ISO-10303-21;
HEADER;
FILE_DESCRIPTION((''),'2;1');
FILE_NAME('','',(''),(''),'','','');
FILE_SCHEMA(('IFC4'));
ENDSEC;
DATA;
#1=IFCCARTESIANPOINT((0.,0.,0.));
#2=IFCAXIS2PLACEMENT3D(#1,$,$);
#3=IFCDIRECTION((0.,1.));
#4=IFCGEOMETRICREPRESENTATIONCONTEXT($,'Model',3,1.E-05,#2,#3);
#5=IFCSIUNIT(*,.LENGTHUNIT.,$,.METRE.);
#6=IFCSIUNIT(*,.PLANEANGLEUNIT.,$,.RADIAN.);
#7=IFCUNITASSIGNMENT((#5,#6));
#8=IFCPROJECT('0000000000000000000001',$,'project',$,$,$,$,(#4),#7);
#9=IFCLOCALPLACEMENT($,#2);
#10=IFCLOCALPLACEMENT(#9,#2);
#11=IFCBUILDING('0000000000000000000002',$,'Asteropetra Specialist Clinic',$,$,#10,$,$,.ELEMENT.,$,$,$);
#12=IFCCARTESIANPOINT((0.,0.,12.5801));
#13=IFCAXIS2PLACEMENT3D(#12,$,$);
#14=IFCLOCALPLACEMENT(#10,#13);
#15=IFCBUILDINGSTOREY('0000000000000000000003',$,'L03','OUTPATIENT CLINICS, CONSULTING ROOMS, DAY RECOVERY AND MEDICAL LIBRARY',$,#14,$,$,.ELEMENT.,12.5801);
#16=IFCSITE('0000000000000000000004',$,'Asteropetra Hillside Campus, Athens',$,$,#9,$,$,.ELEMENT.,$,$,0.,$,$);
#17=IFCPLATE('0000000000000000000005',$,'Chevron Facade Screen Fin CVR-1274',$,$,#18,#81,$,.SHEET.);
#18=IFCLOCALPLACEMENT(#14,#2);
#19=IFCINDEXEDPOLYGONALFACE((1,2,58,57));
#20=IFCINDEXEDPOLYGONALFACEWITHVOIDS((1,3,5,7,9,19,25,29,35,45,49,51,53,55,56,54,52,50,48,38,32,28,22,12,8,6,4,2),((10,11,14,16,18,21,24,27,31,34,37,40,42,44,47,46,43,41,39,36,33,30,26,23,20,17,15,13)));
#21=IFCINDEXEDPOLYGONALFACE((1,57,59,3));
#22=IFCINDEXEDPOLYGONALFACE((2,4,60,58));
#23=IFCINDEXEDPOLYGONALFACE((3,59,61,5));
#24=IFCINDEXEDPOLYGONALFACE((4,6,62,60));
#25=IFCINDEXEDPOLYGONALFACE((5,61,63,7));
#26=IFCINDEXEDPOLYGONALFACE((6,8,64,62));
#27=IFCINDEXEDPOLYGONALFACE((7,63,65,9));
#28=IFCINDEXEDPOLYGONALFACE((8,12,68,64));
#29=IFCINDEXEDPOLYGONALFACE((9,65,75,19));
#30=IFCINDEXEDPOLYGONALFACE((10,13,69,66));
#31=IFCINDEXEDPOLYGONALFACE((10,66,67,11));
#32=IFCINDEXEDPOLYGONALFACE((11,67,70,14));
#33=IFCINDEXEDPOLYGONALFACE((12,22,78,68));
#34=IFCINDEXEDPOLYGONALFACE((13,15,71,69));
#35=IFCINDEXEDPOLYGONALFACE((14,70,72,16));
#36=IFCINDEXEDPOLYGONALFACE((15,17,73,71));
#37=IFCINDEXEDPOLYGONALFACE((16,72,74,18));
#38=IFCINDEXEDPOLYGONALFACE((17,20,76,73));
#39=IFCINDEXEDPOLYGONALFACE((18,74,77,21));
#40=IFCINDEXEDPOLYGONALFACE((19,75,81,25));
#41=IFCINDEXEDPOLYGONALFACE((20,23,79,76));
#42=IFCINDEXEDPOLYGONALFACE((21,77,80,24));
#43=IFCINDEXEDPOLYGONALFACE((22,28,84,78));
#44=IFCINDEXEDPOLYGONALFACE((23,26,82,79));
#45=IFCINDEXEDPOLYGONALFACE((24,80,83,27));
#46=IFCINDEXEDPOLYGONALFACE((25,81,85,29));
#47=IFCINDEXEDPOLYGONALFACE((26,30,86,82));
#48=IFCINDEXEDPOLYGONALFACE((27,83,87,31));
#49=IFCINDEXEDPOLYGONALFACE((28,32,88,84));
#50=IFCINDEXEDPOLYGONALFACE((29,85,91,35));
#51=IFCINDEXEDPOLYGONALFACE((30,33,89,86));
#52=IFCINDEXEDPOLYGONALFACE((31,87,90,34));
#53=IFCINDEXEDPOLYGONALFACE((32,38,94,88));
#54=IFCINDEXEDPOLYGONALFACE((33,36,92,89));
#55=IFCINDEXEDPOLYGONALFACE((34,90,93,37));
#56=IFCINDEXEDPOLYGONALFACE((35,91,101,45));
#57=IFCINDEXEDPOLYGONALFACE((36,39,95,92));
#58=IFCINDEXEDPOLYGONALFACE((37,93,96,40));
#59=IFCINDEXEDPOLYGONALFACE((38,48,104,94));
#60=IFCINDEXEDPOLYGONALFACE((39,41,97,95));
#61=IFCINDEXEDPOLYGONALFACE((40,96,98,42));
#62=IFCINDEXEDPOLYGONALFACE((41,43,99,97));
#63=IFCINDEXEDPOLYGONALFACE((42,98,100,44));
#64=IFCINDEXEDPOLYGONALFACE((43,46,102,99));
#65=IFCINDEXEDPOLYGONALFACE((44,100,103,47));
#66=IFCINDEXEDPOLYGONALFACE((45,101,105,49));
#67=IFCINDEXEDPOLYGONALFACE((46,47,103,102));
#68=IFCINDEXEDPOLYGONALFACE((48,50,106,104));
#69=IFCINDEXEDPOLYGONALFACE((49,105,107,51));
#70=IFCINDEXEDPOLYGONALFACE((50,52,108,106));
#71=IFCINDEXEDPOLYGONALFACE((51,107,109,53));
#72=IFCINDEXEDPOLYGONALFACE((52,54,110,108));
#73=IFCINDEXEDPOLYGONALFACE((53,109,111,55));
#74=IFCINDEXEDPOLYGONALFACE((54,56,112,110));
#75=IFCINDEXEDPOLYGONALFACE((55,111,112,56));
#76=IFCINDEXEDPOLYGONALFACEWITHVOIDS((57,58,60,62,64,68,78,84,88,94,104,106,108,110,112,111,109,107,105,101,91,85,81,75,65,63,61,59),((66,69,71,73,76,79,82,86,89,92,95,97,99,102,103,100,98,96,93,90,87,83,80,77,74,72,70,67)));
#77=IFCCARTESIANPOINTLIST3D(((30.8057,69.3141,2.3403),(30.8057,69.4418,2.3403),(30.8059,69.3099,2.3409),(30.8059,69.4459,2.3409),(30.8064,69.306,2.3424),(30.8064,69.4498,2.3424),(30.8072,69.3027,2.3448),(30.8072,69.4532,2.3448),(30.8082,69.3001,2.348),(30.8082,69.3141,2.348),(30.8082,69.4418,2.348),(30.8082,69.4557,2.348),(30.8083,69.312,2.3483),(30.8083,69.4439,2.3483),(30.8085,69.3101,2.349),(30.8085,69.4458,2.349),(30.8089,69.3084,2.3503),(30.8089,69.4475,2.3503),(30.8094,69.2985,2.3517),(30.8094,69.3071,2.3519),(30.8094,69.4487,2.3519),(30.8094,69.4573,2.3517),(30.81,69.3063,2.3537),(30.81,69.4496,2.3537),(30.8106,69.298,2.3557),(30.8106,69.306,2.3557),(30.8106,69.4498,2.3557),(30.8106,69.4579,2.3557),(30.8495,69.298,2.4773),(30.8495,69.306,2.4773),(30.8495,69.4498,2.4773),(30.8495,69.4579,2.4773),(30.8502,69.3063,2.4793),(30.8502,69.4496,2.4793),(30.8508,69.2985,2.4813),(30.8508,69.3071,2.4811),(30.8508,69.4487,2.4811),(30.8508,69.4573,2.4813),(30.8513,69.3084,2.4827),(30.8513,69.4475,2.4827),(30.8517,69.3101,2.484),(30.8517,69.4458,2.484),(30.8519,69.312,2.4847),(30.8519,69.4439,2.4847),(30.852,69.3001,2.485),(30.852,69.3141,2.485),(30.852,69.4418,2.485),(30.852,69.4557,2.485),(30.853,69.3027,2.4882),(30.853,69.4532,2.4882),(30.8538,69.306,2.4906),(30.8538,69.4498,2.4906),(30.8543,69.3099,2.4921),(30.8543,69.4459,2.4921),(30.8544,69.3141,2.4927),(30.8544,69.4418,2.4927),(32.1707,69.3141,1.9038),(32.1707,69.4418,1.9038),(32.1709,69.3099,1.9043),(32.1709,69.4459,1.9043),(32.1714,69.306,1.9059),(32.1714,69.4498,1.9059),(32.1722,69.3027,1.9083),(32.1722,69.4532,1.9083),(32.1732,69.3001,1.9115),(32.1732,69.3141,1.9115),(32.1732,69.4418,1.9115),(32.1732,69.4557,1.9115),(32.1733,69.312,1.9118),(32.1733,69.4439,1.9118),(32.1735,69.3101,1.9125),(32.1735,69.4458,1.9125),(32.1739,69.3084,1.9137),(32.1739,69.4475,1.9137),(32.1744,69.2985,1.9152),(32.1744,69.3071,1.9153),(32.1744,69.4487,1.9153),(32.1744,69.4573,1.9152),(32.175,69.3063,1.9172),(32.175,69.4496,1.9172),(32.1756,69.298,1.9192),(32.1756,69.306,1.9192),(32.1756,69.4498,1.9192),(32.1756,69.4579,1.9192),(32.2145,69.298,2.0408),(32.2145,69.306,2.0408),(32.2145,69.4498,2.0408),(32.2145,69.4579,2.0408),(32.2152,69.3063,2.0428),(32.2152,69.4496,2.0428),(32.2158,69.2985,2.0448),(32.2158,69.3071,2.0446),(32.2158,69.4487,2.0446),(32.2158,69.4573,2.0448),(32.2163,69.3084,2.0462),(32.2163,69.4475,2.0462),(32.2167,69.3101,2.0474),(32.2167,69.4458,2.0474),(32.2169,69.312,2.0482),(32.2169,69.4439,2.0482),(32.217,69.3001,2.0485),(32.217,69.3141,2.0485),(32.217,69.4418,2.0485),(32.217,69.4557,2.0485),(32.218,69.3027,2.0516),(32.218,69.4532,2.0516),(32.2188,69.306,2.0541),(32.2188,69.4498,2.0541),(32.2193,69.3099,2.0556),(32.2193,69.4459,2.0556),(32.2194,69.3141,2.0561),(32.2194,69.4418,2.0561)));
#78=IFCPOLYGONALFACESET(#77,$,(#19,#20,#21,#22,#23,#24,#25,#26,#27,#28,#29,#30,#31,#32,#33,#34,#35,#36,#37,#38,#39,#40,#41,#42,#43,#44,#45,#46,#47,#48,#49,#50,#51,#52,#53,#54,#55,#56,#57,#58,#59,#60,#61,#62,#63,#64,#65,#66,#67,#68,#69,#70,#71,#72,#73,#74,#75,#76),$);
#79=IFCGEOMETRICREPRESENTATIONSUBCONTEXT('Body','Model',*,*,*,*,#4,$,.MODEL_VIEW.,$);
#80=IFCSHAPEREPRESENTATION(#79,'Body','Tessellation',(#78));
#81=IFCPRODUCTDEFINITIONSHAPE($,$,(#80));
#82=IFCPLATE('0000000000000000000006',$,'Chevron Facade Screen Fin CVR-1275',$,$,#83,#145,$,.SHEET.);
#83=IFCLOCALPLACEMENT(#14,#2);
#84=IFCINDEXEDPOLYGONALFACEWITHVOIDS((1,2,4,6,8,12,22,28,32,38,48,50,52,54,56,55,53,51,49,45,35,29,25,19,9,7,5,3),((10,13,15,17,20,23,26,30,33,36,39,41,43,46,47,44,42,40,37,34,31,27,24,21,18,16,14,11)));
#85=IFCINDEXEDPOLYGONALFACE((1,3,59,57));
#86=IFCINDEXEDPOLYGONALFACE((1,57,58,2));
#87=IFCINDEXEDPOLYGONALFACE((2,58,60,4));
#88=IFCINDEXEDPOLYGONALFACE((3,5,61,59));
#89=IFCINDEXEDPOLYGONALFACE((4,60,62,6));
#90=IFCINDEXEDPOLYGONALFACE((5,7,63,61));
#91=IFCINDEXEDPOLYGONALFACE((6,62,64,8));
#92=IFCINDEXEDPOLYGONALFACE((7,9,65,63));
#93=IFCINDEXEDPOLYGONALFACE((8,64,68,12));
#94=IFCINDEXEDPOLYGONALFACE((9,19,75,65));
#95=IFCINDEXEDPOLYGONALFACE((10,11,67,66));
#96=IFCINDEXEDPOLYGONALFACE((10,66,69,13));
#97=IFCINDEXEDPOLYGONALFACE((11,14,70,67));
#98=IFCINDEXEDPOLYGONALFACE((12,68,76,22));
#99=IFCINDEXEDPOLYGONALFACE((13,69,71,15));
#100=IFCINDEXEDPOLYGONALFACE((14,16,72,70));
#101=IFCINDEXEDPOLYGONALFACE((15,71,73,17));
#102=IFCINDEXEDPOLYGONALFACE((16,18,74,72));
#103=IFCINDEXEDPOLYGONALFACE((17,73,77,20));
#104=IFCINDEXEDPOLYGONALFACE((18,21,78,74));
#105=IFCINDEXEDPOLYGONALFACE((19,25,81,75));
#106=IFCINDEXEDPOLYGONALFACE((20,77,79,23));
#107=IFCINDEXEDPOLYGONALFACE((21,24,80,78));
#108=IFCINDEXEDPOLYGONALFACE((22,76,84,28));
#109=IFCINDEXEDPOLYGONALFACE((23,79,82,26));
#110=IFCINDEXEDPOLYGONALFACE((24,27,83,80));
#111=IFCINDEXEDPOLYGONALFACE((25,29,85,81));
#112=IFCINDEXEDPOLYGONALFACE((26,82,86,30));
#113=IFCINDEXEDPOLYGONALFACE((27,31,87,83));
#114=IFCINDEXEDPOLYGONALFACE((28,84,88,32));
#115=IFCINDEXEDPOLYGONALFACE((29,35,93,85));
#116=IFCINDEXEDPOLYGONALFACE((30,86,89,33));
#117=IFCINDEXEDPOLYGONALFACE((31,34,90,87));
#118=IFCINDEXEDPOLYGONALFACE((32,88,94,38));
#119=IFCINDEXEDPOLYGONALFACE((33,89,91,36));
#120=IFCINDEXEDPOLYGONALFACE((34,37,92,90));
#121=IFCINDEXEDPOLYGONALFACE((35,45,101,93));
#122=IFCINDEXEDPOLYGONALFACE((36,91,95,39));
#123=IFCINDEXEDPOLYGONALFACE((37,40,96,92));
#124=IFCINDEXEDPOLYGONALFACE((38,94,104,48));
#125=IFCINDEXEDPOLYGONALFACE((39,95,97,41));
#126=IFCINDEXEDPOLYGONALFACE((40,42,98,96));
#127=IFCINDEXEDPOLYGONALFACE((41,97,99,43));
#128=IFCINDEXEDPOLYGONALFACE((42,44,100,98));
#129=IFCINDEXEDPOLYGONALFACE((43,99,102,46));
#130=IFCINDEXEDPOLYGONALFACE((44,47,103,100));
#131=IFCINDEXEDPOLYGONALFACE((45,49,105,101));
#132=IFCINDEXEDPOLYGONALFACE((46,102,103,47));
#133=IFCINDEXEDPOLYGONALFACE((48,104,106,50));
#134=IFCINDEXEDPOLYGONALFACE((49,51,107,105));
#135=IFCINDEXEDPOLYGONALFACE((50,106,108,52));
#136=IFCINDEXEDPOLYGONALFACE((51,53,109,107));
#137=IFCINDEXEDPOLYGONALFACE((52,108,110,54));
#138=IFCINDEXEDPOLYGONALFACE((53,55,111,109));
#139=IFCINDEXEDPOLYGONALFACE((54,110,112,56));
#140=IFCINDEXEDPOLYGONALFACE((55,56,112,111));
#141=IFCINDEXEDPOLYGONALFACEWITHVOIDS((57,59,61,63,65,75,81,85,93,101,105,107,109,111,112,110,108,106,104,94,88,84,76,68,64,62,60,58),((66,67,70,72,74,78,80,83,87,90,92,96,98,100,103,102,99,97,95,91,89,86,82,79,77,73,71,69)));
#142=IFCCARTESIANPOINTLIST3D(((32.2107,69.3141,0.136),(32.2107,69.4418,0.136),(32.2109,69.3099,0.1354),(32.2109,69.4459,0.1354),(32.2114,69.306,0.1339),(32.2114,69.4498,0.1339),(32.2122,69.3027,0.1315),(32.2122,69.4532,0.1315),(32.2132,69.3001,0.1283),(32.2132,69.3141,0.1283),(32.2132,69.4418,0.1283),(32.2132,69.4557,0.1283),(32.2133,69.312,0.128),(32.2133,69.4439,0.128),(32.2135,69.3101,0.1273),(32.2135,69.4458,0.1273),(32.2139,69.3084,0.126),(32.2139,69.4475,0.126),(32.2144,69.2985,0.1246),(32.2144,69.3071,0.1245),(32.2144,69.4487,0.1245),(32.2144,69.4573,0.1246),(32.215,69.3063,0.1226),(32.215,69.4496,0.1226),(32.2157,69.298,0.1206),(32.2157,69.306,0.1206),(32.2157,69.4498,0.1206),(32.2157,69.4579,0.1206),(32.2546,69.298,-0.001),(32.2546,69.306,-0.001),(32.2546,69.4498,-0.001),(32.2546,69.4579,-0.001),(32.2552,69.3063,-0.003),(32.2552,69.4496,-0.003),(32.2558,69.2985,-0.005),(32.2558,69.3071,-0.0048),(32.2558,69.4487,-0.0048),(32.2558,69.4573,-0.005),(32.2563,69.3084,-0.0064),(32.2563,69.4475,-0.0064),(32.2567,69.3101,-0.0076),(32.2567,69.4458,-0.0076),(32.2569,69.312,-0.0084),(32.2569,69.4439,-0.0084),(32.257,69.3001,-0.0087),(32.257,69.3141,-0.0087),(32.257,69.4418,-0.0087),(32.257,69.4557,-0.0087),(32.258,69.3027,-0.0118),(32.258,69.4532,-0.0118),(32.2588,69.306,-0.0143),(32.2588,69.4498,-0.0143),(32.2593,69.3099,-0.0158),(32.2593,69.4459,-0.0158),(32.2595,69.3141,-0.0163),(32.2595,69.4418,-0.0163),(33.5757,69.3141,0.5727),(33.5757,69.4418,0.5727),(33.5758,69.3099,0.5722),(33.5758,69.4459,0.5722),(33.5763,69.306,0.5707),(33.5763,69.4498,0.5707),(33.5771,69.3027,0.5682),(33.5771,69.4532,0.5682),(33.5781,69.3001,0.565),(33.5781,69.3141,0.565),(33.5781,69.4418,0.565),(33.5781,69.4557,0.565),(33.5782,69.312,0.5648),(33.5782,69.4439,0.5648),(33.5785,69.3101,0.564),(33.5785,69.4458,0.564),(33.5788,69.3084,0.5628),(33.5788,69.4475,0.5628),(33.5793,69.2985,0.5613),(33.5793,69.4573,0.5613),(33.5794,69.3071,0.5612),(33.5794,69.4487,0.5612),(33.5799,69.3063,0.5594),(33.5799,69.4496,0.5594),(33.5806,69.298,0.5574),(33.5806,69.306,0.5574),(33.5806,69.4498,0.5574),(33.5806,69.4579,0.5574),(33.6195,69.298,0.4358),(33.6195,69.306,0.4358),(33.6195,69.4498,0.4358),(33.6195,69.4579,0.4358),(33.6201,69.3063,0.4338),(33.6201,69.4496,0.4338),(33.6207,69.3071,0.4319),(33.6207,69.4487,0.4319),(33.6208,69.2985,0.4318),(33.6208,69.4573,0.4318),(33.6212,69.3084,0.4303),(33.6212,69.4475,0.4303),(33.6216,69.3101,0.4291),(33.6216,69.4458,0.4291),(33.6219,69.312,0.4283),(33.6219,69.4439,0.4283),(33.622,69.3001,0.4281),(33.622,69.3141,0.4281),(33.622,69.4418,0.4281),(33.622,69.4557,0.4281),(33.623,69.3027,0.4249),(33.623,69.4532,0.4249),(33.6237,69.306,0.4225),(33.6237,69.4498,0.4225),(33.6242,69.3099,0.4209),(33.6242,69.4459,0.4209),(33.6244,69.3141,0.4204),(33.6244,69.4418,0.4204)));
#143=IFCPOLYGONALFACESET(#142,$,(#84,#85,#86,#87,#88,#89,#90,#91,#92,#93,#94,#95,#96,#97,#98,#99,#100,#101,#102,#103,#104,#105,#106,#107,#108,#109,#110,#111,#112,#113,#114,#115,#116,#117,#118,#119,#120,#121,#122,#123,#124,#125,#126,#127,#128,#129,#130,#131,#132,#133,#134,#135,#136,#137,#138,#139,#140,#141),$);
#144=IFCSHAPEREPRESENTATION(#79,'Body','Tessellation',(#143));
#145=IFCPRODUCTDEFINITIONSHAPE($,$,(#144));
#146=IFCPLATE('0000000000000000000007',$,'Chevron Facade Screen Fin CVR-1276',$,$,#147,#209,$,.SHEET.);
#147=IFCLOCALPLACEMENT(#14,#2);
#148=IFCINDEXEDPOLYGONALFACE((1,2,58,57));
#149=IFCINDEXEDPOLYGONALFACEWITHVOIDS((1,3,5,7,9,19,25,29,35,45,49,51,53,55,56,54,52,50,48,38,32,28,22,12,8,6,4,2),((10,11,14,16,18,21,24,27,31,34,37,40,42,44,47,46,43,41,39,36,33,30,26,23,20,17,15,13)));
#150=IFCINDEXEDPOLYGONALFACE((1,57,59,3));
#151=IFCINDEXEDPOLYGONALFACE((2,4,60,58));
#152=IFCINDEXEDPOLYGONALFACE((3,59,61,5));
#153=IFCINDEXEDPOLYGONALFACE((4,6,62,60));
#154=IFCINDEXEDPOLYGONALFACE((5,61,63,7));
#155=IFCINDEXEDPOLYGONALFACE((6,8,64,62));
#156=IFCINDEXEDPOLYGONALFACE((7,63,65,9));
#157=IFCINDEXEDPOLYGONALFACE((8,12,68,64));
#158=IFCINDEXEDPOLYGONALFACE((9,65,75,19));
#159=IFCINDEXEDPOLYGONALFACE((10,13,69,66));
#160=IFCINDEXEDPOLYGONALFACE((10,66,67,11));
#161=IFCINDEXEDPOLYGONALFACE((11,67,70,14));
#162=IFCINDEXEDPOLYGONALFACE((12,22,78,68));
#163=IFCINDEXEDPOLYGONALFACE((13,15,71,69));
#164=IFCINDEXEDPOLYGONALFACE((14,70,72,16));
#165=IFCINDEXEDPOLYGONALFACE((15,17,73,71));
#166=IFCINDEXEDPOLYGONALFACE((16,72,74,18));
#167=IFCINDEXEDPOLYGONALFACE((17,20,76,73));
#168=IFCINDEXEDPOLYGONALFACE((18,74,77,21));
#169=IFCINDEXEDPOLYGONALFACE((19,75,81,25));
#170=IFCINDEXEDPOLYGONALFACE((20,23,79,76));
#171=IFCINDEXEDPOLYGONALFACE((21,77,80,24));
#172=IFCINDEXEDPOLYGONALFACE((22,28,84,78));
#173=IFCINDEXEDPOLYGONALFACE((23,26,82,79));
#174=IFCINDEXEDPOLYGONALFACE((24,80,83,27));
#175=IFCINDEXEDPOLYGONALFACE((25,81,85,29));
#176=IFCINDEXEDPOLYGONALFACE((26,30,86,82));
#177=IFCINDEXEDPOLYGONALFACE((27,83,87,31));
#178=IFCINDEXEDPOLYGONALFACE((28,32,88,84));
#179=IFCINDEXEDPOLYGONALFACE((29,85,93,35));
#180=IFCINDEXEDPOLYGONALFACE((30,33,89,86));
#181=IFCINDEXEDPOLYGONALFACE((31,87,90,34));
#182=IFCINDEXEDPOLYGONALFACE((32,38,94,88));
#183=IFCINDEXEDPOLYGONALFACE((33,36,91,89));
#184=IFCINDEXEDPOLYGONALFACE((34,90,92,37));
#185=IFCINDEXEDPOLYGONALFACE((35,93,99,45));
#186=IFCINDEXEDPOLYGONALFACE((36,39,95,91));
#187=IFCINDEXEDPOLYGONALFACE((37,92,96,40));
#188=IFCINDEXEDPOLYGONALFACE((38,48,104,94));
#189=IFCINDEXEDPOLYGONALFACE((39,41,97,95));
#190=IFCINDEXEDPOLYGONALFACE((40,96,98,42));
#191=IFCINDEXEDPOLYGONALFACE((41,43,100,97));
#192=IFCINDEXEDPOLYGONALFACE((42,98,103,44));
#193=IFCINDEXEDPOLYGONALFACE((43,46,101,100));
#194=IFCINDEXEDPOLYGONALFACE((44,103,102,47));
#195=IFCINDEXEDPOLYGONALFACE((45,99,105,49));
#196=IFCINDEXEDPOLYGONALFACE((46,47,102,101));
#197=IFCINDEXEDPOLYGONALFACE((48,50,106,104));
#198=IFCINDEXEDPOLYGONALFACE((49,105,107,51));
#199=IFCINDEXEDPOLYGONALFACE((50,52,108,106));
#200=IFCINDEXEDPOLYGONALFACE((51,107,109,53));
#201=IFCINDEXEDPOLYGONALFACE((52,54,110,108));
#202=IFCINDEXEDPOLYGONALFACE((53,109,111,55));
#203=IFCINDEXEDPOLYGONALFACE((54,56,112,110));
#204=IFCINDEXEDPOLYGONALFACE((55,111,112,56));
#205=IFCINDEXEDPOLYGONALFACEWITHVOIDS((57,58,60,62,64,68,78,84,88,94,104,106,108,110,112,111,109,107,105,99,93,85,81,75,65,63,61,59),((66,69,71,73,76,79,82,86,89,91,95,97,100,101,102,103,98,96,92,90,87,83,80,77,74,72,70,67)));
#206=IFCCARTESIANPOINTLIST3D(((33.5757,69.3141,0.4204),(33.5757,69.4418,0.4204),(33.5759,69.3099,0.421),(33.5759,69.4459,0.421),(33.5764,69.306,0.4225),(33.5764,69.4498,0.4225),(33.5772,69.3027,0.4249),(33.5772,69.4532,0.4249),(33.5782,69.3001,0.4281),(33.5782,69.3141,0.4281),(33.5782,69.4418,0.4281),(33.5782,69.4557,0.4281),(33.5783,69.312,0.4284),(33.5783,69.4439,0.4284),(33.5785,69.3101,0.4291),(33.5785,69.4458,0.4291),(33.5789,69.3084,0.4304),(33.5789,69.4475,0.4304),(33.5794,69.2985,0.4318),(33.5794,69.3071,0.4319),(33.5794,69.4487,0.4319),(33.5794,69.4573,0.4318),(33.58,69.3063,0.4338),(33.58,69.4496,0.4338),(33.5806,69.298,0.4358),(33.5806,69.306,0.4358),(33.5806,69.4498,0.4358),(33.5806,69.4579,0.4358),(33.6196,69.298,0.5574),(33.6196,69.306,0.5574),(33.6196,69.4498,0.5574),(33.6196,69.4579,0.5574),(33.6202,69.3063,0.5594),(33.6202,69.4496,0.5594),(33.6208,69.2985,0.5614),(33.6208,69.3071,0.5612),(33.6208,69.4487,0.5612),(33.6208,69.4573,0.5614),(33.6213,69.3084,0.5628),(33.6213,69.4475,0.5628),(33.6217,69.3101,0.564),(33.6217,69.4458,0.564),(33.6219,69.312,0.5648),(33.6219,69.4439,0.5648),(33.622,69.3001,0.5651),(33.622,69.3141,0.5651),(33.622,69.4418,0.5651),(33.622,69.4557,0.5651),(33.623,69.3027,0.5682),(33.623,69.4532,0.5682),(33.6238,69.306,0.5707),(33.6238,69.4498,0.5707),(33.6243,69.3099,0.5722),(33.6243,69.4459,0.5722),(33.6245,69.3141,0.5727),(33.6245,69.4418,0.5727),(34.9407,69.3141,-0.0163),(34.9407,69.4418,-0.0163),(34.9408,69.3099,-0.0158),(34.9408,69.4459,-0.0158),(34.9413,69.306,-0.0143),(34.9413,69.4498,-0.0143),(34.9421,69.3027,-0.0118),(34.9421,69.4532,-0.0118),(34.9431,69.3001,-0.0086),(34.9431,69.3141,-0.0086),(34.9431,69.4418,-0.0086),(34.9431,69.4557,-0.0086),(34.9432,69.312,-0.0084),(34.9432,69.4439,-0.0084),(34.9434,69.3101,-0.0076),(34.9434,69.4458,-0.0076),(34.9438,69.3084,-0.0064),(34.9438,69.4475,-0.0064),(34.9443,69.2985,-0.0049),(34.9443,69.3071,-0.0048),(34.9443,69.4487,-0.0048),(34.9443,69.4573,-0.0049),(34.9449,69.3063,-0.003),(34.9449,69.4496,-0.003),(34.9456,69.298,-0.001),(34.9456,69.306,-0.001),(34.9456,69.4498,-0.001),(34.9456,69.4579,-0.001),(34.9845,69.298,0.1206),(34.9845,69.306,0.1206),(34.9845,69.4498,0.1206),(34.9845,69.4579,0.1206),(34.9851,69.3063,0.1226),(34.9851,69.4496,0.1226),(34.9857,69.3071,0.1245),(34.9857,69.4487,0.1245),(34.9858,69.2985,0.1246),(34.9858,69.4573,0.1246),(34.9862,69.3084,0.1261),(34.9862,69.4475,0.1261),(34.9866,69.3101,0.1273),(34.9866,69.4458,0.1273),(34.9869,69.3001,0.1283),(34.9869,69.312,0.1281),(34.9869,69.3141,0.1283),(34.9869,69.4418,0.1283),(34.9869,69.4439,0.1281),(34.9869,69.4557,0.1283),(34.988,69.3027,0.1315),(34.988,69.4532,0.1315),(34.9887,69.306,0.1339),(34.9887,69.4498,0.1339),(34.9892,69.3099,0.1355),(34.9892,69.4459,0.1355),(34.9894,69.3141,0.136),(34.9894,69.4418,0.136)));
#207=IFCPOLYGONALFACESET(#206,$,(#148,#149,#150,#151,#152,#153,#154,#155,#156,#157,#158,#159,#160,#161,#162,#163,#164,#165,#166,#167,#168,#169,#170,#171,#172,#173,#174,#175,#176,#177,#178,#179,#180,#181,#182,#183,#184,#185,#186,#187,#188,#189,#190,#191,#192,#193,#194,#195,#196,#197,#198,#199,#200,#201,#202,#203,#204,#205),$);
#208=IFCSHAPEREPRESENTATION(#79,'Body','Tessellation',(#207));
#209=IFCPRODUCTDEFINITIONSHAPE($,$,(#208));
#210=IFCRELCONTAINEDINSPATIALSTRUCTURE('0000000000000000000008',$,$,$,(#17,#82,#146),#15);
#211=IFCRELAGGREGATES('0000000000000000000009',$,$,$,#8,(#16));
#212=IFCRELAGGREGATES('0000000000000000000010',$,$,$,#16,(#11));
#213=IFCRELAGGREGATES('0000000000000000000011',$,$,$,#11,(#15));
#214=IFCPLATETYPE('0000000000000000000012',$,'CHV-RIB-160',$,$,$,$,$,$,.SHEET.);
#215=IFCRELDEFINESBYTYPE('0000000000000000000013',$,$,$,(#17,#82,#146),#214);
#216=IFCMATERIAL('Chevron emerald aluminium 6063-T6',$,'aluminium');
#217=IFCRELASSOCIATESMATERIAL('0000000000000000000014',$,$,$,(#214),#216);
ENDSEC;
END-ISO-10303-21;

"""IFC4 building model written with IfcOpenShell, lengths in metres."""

from ifc_helpers import new_model, si_unit, direction, frame, origin, origin_2d, place, context, subcontext, project, spatial, hollow_rectangle, extrude, material, material_profile, profile_set, type_object, element, save


model = new_model("IFC4")

# Units and contexts
model_context = context("Model", 3, precision=1e-05, world=origin(), true_north=direction((0.0, 1.0)))
body_context = subcontext(model_context, "Body", "Model", "MODEL_VIEW")
ifc_project = project(units=[si_unit("LENGTHUNIT", "METRE"), si_unit("PLANEANGLEUNIT", "RADIAN")], contexts=[model_context])

# Site, building, storey
site_placement = place(None, origin())
site = spatial("IfcSite", under=ifc_project, at=site_placement, Name="Asteropetra Hillside Campus, Athens", CompositionType="ELEMENT", RefElevation=0.0)
building_placement = place(site_placement, origin())
building = spatial("IfcBuilding", under=site, at=building_placement, Name="Asteropetra Specialist Clinic", CompositionType="ELEMENT")
storey_placement = place(building_placement, frame((0.0, 0.0, 12.5801)))
storey = spatial("IfcBuildingStorey", under=building, at=storey_placement, Name="L03", Description="OUTPATIENT CLINICS, CONSULTING ROOMS, DAY RECOVERY AND MEDICAL LIBRARY", CompositionType="ELEMENT", Elevation=12.5801)

# Plates
ifc_material_1 = material(Name="Chevron emerald aluminium 6063-T6", Category="aluminium")
ifc_material_profile_1 = material_profile(ifc_material_1, hollow_rectangle(XDim=0.1599, YDim=0.1599, WallThickness=0.0081, InnerFilletRadius=0.0081, OuterFilletRadius=0.0161, at=origin_2d()), Name="SHS 160x160x8.0")
ifc_profile_set_1 = profile_set([ifc_material_profile_1], Name="Chevron emerald aluminium 6063-T6")
plate_type_1 = type_object("IfcPlateType", Name="CHV-RIB-160", PredefinedType="SHEET", material=ifc_profile_set_1)
for number, where, z_axis, x_axis, name in (
    (1, (30.8301, 69.3779, 2.4165), (0.95248, 0.0, -0.304603), (0.0, 1.0, 0.0), "Chevron Facade Screen Fin CVR-1274"),
    (2, (32.2351, 69.3779, 0.0598), (0.95243, 0.0, 0.304757), (0.0, 1.0, 0.0), "Chevron Facade Screen Fin CVR-1275"),
    (3, (33.6001, 69.3779, 0.4966), (0.95243, 0.0, -0.304757), (0.0, 1.0, 0.0), "Chevron Facade Screen Fin CVR-1276"),
):
    element("IfcPlate", number, at=place(storey_placement, frame(where, z_axis=z_axis, x_axis=x_axis)), inside=storey, type_object=plate_type_1, Name=name, PredefinedType="SHEET", context=body_context, shape_type="SweptSolid", body=[
        extrude(hollow_rectangle(XDim=0.1599, YDim=0.1599, WallThickness=0.0081, InnerFilletRadius=0.0081, OuterFilletRadius=0.0161, at=origin_2d()), origin(), (0.0, 0.0, 1.0), 1.4331),
    ])

save(model, "model.ifc")
